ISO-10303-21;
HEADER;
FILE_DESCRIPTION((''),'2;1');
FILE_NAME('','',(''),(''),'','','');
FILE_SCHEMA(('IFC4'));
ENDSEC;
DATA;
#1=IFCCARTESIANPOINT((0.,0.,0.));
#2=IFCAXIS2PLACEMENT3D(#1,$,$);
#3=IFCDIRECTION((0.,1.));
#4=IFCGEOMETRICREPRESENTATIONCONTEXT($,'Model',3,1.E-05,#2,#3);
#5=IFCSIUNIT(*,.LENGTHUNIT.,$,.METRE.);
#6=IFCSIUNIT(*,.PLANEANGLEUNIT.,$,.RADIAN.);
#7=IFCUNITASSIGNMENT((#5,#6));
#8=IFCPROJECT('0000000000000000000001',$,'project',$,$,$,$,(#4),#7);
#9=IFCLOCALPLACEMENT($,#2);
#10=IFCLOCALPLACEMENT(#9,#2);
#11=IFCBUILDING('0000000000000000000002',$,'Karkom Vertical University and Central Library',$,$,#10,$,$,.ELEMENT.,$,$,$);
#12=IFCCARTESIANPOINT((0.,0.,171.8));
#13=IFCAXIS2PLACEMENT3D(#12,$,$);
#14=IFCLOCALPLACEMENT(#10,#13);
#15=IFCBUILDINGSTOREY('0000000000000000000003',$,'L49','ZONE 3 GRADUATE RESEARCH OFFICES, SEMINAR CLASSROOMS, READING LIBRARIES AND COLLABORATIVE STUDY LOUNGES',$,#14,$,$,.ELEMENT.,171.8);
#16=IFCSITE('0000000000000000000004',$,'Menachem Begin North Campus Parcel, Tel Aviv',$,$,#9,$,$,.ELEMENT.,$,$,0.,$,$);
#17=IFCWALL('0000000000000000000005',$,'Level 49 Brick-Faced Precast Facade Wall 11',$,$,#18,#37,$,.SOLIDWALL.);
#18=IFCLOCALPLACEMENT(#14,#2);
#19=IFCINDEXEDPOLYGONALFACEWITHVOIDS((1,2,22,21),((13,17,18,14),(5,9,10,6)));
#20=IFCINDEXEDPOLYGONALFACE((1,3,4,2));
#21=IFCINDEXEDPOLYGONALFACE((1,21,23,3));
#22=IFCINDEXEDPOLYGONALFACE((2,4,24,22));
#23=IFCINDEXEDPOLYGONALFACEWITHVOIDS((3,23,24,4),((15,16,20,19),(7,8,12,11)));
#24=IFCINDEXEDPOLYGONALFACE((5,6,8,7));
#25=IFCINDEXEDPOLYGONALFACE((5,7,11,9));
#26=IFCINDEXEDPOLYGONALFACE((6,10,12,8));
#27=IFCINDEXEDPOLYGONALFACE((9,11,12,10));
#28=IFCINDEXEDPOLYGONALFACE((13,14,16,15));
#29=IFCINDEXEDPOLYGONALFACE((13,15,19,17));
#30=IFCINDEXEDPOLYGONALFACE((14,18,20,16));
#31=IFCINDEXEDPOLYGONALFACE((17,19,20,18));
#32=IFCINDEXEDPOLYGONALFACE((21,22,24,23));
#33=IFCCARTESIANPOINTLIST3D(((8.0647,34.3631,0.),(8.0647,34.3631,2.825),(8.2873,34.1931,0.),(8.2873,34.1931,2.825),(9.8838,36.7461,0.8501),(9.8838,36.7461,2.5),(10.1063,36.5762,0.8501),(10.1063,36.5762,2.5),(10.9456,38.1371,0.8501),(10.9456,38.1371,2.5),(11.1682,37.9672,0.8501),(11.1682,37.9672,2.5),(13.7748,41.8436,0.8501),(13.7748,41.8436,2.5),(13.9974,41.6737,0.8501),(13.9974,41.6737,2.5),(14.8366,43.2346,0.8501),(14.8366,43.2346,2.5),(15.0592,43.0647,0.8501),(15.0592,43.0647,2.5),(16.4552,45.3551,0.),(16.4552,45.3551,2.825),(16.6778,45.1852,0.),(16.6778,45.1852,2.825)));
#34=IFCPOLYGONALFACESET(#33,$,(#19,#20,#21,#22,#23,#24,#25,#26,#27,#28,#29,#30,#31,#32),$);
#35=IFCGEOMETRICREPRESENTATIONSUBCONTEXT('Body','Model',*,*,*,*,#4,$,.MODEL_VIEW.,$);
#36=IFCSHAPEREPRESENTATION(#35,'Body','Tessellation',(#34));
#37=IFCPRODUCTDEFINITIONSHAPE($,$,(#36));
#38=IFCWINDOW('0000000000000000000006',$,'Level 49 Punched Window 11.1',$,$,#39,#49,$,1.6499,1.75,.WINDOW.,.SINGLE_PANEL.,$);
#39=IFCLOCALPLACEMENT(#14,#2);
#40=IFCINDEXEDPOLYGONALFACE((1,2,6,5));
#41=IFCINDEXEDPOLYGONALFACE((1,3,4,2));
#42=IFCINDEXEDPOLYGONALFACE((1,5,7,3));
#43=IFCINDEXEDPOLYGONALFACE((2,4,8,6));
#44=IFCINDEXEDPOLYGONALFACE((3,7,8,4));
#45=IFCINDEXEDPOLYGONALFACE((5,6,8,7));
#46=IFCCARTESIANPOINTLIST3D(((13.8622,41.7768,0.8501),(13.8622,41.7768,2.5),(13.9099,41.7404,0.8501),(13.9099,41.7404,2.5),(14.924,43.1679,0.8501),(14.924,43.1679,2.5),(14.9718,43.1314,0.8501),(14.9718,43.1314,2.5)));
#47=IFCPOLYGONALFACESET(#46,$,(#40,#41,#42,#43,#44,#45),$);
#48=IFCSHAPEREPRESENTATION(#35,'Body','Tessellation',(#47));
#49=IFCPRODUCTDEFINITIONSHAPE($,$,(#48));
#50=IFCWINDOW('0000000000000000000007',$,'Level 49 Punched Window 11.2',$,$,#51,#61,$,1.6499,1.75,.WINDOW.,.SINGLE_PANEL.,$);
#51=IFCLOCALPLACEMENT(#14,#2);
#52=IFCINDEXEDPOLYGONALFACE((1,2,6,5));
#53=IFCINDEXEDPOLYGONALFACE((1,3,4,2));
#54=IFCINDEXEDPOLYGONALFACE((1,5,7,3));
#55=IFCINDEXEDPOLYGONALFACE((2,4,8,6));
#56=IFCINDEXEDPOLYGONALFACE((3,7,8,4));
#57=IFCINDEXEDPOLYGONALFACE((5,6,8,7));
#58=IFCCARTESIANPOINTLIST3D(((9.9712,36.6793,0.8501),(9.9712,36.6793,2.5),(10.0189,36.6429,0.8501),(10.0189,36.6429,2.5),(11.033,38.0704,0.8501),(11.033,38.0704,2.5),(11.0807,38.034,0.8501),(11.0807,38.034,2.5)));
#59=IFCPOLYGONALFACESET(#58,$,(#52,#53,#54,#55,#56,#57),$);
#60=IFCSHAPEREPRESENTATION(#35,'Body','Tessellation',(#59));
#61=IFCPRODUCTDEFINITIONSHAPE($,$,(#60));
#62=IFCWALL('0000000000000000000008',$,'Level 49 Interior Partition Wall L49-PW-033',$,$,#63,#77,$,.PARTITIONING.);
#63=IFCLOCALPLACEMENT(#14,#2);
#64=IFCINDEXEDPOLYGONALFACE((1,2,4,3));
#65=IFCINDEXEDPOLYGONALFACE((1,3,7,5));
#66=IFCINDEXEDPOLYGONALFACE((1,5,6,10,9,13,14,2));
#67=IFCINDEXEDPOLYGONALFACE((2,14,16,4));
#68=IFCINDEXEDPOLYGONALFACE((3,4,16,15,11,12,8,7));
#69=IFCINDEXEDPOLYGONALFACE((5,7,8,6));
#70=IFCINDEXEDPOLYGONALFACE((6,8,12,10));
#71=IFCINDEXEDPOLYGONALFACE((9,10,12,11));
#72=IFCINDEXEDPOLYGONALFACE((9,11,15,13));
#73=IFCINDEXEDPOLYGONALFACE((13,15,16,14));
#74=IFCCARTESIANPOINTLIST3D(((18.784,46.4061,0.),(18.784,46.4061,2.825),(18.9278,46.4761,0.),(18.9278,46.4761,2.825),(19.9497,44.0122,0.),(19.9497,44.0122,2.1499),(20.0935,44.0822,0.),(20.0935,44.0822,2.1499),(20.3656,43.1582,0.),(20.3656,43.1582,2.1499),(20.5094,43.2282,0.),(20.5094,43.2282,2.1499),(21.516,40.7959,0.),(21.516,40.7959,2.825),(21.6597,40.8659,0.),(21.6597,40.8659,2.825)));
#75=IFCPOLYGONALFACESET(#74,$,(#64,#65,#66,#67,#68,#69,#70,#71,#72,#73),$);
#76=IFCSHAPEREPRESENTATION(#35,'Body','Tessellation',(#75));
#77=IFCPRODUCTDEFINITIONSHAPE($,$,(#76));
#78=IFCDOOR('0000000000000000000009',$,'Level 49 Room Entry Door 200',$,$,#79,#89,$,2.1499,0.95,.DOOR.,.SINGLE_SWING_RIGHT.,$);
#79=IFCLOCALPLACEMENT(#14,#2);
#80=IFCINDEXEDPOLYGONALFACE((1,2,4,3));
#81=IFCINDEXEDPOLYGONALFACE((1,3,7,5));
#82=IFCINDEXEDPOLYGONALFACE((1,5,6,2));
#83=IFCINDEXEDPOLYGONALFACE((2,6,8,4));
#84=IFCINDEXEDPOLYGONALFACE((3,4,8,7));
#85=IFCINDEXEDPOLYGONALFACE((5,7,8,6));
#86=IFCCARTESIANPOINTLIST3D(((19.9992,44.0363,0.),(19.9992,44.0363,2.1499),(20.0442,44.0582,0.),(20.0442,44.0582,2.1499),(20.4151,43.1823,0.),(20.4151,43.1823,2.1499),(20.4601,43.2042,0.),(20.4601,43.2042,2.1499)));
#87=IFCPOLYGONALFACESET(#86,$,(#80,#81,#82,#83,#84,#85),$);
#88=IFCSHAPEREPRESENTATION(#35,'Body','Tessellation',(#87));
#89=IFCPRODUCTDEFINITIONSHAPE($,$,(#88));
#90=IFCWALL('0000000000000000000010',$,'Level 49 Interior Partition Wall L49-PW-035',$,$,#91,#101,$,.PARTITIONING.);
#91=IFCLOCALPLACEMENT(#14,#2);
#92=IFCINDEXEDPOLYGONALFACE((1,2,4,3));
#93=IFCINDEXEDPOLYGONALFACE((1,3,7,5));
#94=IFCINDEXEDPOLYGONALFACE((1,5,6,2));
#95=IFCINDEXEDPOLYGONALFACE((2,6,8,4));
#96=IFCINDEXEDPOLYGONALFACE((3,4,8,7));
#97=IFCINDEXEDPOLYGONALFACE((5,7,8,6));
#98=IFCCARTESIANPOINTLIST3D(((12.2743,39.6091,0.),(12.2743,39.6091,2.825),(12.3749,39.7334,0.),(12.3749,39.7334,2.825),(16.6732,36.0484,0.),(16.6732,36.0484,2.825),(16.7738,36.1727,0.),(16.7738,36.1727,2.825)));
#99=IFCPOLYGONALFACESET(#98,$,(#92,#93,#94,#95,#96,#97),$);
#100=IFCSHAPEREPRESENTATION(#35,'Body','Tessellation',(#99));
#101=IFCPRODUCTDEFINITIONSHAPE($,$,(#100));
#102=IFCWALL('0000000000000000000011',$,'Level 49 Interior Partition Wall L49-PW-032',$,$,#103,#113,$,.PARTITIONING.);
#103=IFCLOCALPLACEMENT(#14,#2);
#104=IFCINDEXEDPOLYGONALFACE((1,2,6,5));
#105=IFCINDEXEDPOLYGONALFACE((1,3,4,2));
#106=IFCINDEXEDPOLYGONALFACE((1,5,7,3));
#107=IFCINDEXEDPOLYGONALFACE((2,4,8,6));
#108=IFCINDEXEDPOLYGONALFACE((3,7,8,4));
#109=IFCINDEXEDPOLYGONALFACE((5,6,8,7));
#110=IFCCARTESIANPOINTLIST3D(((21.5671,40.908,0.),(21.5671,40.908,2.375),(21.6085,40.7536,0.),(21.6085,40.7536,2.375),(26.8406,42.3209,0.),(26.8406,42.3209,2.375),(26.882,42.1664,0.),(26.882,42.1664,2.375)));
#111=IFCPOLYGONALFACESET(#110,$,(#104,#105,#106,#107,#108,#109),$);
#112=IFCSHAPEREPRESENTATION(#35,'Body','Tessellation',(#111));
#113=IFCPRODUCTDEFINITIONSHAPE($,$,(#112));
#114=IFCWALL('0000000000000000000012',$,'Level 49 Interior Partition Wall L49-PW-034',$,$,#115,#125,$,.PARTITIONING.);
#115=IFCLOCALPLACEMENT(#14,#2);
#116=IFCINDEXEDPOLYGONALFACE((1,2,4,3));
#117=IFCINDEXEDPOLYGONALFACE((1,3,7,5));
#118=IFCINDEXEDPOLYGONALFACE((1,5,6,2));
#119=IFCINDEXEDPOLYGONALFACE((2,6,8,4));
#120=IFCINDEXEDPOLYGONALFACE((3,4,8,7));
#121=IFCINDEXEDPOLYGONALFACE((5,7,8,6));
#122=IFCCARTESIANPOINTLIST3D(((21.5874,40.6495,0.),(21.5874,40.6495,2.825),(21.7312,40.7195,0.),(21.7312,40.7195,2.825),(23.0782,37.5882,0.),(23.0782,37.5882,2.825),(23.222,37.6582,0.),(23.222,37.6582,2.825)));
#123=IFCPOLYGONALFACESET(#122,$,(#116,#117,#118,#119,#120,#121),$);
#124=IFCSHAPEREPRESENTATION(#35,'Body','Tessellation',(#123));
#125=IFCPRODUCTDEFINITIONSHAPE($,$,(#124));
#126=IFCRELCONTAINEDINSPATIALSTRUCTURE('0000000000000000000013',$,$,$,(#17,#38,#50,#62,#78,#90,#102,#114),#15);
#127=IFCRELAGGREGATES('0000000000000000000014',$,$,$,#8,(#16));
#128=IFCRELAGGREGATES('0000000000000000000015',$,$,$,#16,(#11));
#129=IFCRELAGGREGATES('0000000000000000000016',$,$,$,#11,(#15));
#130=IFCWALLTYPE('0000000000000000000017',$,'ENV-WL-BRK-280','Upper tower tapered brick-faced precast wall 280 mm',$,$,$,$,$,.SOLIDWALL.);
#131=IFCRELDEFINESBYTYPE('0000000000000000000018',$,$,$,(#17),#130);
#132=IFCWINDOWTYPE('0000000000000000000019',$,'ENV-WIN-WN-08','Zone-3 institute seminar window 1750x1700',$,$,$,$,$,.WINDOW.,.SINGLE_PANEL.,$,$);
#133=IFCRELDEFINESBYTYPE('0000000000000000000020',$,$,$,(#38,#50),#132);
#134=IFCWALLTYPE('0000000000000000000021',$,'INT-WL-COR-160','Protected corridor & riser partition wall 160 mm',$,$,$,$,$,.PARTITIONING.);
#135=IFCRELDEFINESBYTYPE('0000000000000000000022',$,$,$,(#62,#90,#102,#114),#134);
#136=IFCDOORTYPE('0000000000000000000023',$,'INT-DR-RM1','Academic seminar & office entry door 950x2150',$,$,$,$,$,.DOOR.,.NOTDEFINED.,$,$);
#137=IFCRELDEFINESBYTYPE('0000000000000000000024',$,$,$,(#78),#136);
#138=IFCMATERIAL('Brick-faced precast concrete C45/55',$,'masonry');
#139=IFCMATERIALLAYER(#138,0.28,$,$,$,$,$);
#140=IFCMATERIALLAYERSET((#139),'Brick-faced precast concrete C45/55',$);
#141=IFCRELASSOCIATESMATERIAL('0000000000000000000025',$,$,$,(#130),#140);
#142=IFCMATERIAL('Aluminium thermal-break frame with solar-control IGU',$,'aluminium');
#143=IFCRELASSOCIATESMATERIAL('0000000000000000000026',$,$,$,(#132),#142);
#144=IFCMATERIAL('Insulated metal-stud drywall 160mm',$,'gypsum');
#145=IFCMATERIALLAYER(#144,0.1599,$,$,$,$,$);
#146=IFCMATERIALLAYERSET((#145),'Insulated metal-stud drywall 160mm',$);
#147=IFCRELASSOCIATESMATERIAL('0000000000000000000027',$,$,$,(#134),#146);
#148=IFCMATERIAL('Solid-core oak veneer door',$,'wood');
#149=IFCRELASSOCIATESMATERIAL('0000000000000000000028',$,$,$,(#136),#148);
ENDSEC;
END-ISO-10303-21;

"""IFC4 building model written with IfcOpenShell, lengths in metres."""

from ifc_helpers import new_model, si_unit, direction, frame, frame_2d, origin, origin_with_axes, place, context, subcontext, project, spatial, rectangle, extrude, source, transform, mapped, material, layer, layer_set, type_object, element, fill, save


model = new_model("IFC4")

# Units and contexts
model_context = context("Model", 3, precision=1e-05, world=origin(), true_north=direction((0.0, 1.0)))
body_context = subcontext(model_context, "Body", "Model", "MODEL_VIEW")
ifc_project = project(units=[si_unit("LENGTHUNIT", "METRE"), si_unit("PLANEANGLEUNIT", "RADIAN")], contexts=[model_context])

# Site, building, storey
site_placement = place(None, origin())
site = spatial("IfcSite", under=ifc_project, at=site_placement, Name="Menachem Begin North Campus Parcel, Tel Aviv", CompositionType="ELEMENT", RefElevation=0.0)
building_placement = place(site_placement, origin())
building = spatial("IfcBuilding", under=site, at=building_placement, Name="Karkom Vertical University and Central Library", CompositionType="ELEMENT")
storey_placement = place(building_placement, frame((0.0, 0.0, 171.8)))
storey = spatial("IfcBuildingStorey", under=building, at=storey_placement, Name="L49", Description="ZONE 3 GRADUATE RESEARCH OFFICES, SEMINAR CLASSROOMS, READING LIBRARIES AND COLLABORATIVE STUDY LOUNGES", CompositionType="ELEMENT", Elevation=171.8)

# Wall, openings, windows
ifc_material_1 = material(Name="Brick-faced precast concrete C45/55", Category="masonry")
ifc_layer_1 = layer(ifc_material_1, 0.28)
ifc_layer_set_1 = layer_set([ifc_layer_1], Name="Brick-faced precast concrete C45/55")
wall_type_1 = type_object("IfcWallType", Name="ENV-WL-BRK-280", Description="Upper tower tapered brick-faced precast wall 280 mm", PredefinedType="SOLIDWALL", material=ifc_layer_set_1)
ifc_material_2 = material(Name="Aluminium thermal-break frame with solar-control IGU", Category="aluminium")
window_type_1 = type_object("IfcWindowType", Name="ENV-WIN-WN-08", Description="Zone-3 institute seminar window 1750x1700", PartitioningType="SINGLE_PANEL", PredefinedType="WINDOW", material=ifc_material_2)
shared_shape_1 = source(origin_with_axes(), body_context, "Body", "SweptSolid", [
    extrude(rectangle(XDim=1.75, YDim=1.6499, at=frame_2d((0.875, 0.825))), frame((0.0, 0.03, 0.0), z_axis=(0.0, -1.0, 0.0), x_axis=(1.0, 0.0, 0.0)), (0.0, 0.0, 1.0), 0.0601),
])
wall_1_placement = place(storey_placement, frame((16.5664, 45.27, 0.0), z_axis=(0.0, 0.0, 1.0), x_axis=(-0.606755, -0.794889, 0.0)))
wall_1 = element("IfcWall", 1, at=wall_1_placement, inside=storey, type_object=wall_type_1, Name="Level 49 Brick-Faced Precast Facade Wall 11", PredefinedType="SOLIDWALL", context=body_context, shape_type="SweptSolid", body=[
    extrude(rectangle(XDim=13.8284, YDim=0.28, at=frame_2d((6.9141, 0.0))), origin(), (0.0, 0.0, 1.0), 2.825),
])
opening_1_placement = place(wall_1_placement, frame((2.6675, 0.0, 0.8501)))
opening_1 = element("IfcOpeningElement", 2, at=opening_1_placement, cuts=wall_1, PredefinedType="OPENING", context=body_context, shape_type="SweptSolid", body=[
    extrude(rectangle(XDim=1.75, YDim=1.6499, at=frame_2d((0.875, 0.825))), frame((0.0, 0.1499, 0.0), z_axis=(0.0, -1.0, 0.0), x_axis=(1.0, 0.0, 0.0)), (0.0, 0.0, 1.0), 0.3),
])
opening_2_placement = place(wall_1_placement, frame((9.0803, 0.0, 0.8501)))
opening_2 = element("IfcOpeningElement", 3, at=opening_2_placement, cuts=wall_1, PredefinedType="OPENING", context=body_context, shape_type="SweptSolid", body=[
    extrude(rectangle(XDim=1.75, YDim=1.6499, at=frame_2d((0.875, 0.825))), frame((0.0, 0.1499, 0.0), z_axis=(0.0, -1.0, 0.0), x_axis=(1.0, 0.0, 0.0)), (0.0, 0.0, 1.0), 0.3),
])
window_1_placement = place(opening_1_placement, origin())
window_1 = element("IfcWindow", 4, at=window_1_placement, inside=storey, type_object=window_type_1, Name="Level 49 Punched Window 11.1", OverallHeight=1.6499, OverallWidth=1.75, PartitioningType="SINGLE_PANEL", PredefinedType="WINDOW", context=body_context, shape_type="MappedRepresentation", body=[
    mapped(shared_shape_1, transform((0.0, 0.0, 0.0), scale=1.0)),
])
fill(opening_1, window_1)
window_2_placement = place(opening_2_placement, origin())
window_2 = element("IfcWindow", 5, at=window_2_placement, inside=storey, type_object=window_type_1, Name="Level 49 Punched Window 11.2", OverallHeight=1.6499, OverallWidth=1.75, PartitioningType="SINGLE_PANEL", PredefinedType="WINDOW", context=body_context, shape_type="MappedRepresentation", body=[
    mapped(shared_shape_1, transform((0.0, 0.0, 0.0), scale=1.0)),
])
fill(opening_2, window_2)

# Shared definitions
ifc_material_3 = material(Name="Insulated metal-stud drywall 160mm", Category="gypsum")
ifc_layer_2 = layer(ifc_material_3, 0.1599)
ifc_layer_set_2 = layer_set([ifc_layer_2], Name="Insulated metal-stud drywall 160mm")
wall_type_2 = type_object("IfcWallType", Name="INT-WL-COR-160", Description="Protected corridor & riser partition wall 160 mm", PredefinedType="PARTITIONING", material=ifc_layer_set_2)
ifc_material_4 = material(Name="Solid-core oak veneer door", Category="wood")
door_type = type_object("IfcDoorType", Name="INT-DR-RM1", Description="Academic seminar & office entry door 950x2150", OperationType="NOTDEFINED", PredefinedType="DOOR", material=ifc_material_4)
shared_shape_2 = source(origin_with_axes(), body_context, "Body", "SweptSolid", [
    extrude(rectangle(XDim=0.95, YDim=2.1499, at=frame_2d((0.4751, 1.075))), frame((0.0, 0.0249, 0.0), z_axis=(0.0, -1.0, 0.0), x_axis=(1.0, 0.0, 0.0)), (0.0, 0.0, 1.0), 0.05),
])

# Wall, opening, door
wall_2_placement = place(storey_placement, frame((21.5879, 40.8308, 0.0), z_axis=(0.0, 0.0, 1.0), x_axis=(-0.437815, 0.899065, 0.0)))
wall_2 = element("IfcWall", 6, at=wall_2_placement, inside=storey, type_object=wall_type_2, Name="Level 49 Interior Partition Wall L49-PW-033", PredefinedType="PARTITIONING", context=body_context, shape_type="SweptSolid", body=[
    extrude(rectangle(XDim=6.24, YDim=0.1599, at=frame_2d((3.1201, 0.0))), origin(), (0.0, 0.0, 1.0), 2.825),
])
opening_3_placement = place(wall_2_placement, frame((2.6274, 0.0, 0.0)))
opening_3 = element("IfcOpeningElement", 7, at=opening_3_placement, cuts=wall_2, PredefinedType="OPENING", context=body_context, shape_type="SweptSolid", body=[
    extrude(rectangle(XDim=0.95, YDim=2.1499, at=frame_2d((0.4751, 1.075))), frame((0.0, 0.0898, 0.0), z_axis=(0.0, -1.0, 0.0), x_axis=(1.0, 0.0, 0.0)), (0.0, 0.0, 1.0), 0.1799),
])
door_1_placement = place(opening_3_placement, origin())
door_1 = element("IfcDoor", 8, at=door_1_placement, inside=storey, type_object=door_type, Name="Level 49 Room Entry Door 200", OperationType="SINGLE_SWING_RIGHT", OverallHeight=2.1499, OverallWidth=0.95, PredefinedType="DOOR", context=body_context, shape_type="MappedRepresentation", body=[
    mapped(shared_shape_2, transform((0.0, 0.0, 0.0), scale=1.0)),
])
fill(opening_3, door_1)

# Walls
wall_3_placement = place(storey_placement, frame((16.7234, 36.1106, 0.0), z_axis=(0.0, 0.0, 1.0), x_axis=(-0.777266, 0.629172, 0.0)))
element("IfcWall", 9, at=wall_3_placement, inside=storey, type_object=wall_type_2, Name="Level 49 Interior Partition Wall L49-PW-035", PredefinedType="PARTITIONING", context=body_context, shape_type="SweptSolid", body=[
    extrude(rectangle(XDim=5.6594, YDim=0.1599, at=frame_2d((2.8296, 0.0))), origin(), (0.0, 0.0, 1.0), 2.825),
])
wall_4_placement = place(storey_placement, frame((26.8613, 42.2437, 0.0), z_axis=(0.0, 0.0, 1.0), x_axis=(-0.965934, -0.25879, 0.0)))
element("IfcWall", 10, at=wall_4_placement, inside=storey, type_object=wall_type_2, Name="Level 49 Interior Partition Wall L49-PW-032", PredefinedType="PARTITIONING", context=body_context, shape_type="SweptSolid", body=[
    extrude(rectangle(XDim=5.4595, YDim=0.1599, at=frame_2d((2.7297, 0.0))), origin(), (0.0, 0.0, 1.0), 2.375),
])
wall_5_placement = place(storey_placement, frame((23.1501, 37.623, 0.0), z_axis=(0.0, 0.0, 1.0), x_axis=(-0.43781, 0.899067, 0.0)))
element("IfcWall", 11, at=wall_5_placement, inside=storey, type_object=wall_type_2, Name="Level 49 Interior Partition Wall L49-PW-034", PredefinedType="PARTITIONING", context=body_context, shape_type="SweptSolid", body=[
    extrude(rectangle(XDim=3.405, YDim=0.1599, at=frame_2d((1.7026, 0.0))), origin(), (0.0, 0.0, 1.0), 2.825),
])

save(model, "model.ifc")
